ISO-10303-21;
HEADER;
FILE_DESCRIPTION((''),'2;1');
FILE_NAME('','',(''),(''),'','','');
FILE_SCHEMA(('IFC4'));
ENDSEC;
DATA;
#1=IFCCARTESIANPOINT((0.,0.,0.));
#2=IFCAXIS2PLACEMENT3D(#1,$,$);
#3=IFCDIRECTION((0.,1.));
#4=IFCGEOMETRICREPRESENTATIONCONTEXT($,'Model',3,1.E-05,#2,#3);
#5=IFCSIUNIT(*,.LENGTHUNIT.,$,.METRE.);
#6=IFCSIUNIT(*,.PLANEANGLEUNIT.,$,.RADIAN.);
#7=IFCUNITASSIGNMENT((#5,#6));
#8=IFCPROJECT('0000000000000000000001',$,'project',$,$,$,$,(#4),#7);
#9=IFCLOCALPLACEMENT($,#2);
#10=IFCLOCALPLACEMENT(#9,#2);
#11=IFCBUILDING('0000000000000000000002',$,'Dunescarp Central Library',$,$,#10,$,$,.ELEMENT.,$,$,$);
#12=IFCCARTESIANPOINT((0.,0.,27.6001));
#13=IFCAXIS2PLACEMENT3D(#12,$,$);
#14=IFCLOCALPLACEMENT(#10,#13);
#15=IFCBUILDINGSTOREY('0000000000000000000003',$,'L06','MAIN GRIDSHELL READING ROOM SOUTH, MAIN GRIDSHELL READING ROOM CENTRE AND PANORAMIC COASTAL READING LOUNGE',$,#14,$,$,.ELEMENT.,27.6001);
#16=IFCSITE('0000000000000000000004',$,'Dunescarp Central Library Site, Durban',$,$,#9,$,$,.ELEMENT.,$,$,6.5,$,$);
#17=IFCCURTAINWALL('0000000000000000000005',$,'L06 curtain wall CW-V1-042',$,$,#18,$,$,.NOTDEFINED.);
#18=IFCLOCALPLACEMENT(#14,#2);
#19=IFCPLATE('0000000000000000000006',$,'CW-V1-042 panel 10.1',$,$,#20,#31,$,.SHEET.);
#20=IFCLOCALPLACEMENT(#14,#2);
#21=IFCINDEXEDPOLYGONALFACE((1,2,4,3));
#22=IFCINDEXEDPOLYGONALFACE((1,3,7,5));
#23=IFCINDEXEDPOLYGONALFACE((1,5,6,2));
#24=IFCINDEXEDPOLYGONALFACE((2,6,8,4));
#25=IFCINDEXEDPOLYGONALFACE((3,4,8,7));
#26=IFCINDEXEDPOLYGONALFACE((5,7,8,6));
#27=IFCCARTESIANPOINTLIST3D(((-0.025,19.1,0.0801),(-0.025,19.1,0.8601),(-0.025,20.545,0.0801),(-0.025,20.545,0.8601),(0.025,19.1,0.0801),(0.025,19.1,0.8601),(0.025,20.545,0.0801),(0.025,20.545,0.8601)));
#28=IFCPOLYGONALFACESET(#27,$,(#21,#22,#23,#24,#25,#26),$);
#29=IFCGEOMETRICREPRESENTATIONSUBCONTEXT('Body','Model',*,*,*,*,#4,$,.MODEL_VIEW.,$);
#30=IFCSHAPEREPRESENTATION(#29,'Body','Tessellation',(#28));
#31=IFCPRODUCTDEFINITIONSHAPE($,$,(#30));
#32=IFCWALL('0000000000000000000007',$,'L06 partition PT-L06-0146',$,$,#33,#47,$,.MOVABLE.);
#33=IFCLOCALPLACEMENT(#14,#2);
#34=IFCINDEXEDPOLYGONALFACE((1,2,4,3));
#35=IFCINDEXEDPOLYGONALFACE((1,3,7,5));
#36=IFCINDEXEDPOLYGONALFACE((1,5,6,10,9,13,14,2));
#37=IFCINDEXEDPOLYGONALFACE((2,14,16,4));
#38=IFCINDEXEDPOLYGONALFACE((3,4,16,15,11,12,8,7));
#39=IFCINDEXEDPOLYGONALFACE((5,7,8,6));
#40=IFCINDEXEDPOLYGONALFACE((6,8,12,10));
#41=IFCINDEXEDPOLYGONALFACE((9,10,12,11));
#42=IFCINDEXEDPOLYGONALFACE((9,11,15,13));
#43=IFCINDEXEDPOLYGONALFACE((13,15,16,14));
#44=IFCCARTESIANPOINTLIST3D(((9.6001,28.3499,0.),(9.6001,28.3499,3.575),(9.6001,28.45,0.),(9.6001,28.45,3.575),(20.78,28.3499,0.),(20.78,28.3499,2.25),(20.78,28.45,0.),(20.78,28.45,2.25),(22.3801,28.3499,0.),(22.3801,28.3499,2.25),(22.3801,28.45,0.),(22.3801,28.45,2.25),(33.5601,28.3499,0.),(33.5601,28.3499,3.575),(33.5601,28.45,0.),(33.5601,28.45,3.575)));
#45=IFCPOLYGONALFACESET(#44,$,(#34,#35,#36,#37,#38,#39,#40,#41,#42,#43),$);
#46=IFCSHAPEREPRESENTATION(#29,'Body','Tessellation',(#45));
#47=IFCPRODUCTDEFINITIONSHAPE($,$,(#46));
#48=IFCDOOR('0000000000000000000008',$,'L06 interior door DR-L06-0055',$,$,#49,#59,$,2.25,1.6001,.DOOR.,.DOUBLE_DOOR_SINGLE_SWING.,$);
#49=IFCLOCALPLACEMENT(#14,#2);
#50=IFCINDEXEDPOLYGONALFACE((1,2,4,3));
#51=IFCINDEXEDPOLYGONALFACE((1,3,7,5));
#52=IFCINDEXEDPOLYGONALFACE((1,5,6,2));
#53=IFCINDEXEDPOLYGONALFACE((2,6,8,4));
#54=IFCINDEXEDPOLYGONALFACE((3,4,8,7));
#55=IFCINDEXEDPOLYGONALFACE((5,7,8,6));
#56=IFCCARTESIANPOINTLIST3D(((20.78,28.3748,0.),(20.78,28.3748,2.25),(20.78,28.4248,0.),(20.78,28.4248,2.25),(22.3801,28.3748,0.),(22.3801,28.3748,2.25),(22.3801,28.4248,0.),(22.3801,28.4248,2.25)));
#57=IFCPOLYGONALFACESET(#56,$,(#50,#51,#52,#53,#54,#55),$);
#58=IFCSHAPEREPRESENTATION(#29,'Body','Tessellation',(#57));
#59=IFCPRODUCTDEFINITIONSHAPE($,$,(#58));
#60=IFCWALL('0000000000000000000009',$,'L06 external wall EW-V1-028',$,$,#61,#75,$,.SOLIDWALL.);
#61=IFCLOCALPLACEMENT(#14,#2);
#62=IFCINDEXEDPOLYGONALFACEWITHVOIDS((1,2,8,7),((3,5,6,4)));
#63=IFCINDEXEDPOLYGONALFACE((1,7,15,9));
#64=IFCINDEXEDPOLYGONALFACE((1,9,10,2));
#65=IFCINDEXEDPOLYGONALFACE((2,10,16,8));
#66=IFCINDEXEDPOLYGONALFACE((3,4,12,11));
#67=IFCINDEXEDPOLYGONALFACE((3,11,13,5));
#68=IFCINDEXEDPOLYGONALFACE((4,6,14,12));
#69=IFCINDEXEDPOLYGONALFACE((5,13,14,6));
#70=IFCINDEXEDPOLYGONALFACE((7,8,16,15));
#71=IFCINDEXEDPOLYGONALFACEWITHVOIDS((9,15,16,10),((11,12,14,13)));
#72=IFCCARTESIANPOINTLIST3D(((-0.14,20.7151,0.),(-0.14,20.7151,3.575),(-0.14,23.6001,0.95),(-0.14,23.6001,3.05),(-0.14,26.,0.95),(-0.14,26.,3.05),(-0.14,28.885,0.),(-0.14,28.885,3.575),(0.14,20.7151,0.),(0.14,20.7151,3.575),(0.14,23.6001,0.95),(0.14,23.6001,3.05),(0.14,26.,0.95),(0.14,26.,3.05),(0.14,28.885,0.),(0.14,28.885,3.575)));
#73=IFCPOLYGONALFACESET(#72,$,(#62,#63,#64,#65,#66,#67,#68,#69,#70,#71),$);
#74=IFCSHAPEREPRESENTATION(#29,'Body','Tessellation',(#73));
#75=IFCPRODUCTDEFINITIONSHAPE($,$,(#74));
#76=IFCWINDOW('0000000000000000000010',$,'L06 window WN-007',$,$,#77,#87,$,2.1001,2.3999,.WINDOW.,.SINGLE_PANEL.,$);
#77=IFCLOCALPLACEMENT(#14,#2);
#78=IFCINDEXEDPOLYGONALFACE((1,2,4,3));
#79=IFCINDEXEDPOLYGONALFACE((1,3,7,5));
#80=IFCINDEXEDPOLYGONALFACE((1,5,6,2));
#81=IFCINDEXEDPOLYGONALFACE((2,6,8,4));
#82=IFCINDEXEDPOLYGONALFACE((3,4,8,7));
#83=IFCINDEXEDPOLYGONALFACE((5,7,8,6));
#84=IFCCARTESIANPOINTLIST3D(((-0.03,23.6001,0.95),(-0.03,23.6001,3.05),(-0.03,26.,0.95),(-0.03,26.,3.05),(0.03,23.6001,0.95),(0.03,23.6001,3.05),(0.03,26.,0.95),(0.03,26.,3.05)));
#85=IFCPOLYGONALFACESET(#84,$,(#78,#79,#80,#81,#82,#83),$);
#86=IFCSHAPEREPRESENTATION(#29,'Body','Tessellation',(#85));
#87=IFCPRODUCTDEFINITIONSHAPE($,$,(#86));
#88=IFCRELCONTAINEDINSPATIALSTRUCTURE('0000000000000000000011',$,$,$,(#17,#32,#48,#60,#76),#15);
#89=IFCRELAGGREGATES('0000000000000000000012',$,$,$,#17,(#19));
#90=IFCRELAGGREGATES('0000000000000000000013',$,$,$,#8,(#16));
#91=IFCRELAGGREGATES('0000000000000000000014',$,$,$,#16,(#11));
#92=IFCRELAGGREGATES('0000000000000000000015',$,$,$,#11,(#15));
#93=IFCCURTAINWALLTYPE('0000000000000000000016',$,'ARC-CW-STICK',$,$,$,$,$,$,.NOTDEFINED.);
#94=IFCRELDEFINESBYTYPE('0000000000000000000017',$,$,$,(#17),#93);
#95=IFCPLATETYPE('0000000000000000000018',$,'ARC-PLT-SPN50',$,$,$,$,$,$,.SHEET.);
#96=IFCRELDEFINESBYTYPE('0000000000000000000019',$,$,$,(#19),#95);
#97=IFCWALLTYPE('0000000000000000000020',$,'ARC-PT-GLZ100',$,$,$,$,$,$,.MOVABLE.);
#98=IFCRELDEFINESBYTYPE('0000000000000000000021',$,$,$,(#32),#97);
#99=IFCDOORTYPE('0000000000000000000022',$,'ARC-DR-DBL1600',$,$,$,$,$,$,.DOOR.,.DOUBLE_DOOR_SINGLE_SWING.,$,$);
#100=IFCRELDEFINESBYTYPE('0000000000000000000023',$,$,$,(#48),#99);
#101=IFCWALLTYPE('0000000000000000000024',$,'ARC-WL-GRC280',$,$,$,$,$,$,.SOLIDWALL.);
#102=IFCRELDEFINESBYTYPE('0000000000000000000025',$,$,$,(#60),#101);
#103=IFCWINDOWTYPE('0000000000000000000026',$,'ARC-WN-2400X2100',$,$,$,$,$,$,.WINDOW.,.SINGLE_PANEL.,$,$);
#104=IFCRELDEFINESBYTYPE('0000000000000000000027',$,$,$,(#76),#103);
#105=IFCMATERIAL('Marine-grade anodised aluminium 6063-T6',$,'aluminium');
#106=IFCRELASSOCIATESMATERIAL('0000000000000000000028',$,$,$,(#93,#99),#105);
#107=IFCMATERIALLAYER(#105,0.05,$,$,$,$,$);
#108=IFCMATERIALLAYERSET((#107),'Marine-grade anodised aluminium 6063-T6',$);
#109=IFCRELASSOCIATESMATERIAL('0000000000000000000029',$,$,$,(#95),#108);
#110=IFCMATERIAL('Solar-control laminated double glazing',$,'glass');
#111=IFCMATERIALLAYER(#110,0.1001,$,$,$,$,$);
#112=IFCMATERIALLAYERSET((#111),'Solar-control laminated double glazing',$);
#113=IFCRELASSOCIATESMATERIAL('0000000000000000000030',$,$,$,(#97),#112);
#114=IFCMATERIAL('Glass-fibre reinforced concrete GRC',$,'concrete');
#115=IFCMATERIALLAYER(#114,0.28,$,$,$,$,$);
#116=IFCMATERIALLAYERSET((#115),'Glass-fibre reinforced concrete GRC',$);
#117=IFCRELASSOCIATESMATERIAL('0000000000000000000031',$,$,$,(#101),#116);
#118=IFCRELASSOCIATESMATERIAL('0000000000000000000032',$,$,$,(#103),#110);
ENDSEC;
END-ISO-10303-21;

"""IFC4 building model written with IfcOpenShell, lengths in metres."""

from ifc_helpers import new_model, si_unit, direction, frame, frame_2d, origin, origin_2d, place, context, subcontext, project, spatial, rectangle, extrude, material, layer, layer_set, type_object, element, fill, aggregate, save


model = new_model("IFC4")

# Units and contexts
model_context = context("Model", 3, precision=1e-05, world=origin(), true_north=direction((0.0, 1.0)))
body_context = subcontext(model_context, "Body", "Model", "MODEL_VIEW")
ifc_project = project(units=[si_unit("LENGTHUNIT", "METRE"), si_unit("PLANEANGLEUNIT", "RADIAN")], contexts=[model_context])

# Site, building, storey
site_placement = place(None, origin())
site = spatial("IfcSite", under=ifc_project, at=site_placement, Name="Dunescarp Central Library Site, Durban", CompositionType="ELEMENT", RefElevation=6.5)
building_placement = place(site_placement, origin())
building = spatial("IfcBuilding", under=site, at=building_placement, Name="Dunescarp Central Library", CompositionType="ELEMENT")
storey_placement = place(building_placement, frame((0.0, 0.0, 27.6001)))
storey = spatial("IfcBuildingStorey", under=building, at=storey_placement, Name="L06", Description="MAIN GRIDSHELL READING ROOM SOUTH, MAIN GRIDSHELL READING ROOM CENTRE AND PANORAMIC COASTAL READING LOUNGE", CompositionType="ELEMENT", Elevation=27.6001)

# Curtain wall
ifc_material_1 = material(Name="Marine-grade anodised aluminium 6063-T6", Category="aluminium")
curtain_wall_type = type_object("IfcCurtainWallType", Name="ARC-CW-STICK", PredefinedType="NOTDEFINED", material=ifc_material_1)
curtain_wall_1_placement = place(storey_placement, origin())
curtain_wall_1 = element("IfcCurtainWall", 1, at=curtain_wall_1_placement, inside=storey, type_object=curtain_wall_type, Name="L06 curtain wall CW-V1-042", PredefinedType="NOTDEFINED")

# Plate
ifc_material_2 = material(Name="Solar-control laminated double glazing", Category="glass")
ifc_layer_1 = layer(ifc_material_1, 0.05)
ifc_layer_set_1 = layer_set([ifc_layer_1], Name="Marine-grade anodised aluminium 6063-T6")
plate_type_1 = type_object("IfcPlateType", Name="ARC-PLT-SPN50", PredefinedType="SHEET", material=ifc_layer_set_1)
plate_1_placement = place(storey_placement, frame((0.0, 19.8225, 0.0801), z_axis=(0.0, 0.0, 1.0), x_axis=(0.0, 1.0, 0.0)))
plate_1 = element("IfcPlate", 2, at=plate_1_placement, type_object=plate_type_1, Name="CW-V1-042 panel 10.1", PredefinedType="SHEET", context=body_context, shape_type="SweptSolid", body=[
    extrude(rectangle(XDim=1.4451, YDim=0.05, at=origin_2d()), origin(), (0.0, 0.0, 1.0), 0.78),
])
aggregate(curtain_wall_1, [plate_1])

# Wall, opening, door
ifc_layer_2 = layer(ifc_material_2, 0.1001)
ifc_layer_set_2 = layer_set([ifc_layer_2], Name="Solar-control laminated double glazing")
wall_type_1 = type_object("IfcWallType", Name="ARC-PT-GLZ100", PredefinedType="MOVABLE", material=ifc_layer_set_2)
wall_1_placement = place(storey_placement, frame((9.6001, 28.3999, 0.0), z_axis=(0.0, 0.0, 1.0), x_axis=(1.0, 0.0, 0.0)))
wall_1 = element("IfcWall", 3, at=wall_1_placement, inside=storey, type_object=wall_type_1, Name="L06 partition PT-L06-0146", PredefinedType="MOVABLE", context=body_context, shape_type="SweptSolid", body=[
    extrude(rectangle(XDim=23.96, YDim=0.1001, at=frame_2d((11.98, 0.0))), origin(), (0.0, 0.0, 1.0), 3.575),
])
opening_1_placement = place(wall_1_placement, frame((11.1799, 0.0, 0.0)))
opening_1 = element("IfcOpeningElement", 4, at=opening_1_placement, cuts=wall_1, PredefinedType="OPENING", context=body_context, shape_type="SweptSolid", body=[
    extrude(rectangle(XDim=1.6001, YDim=2.25, at=frame_2d((0.8, 1.125))), frame((0.0, 0.0601, 0.0), z_axis=(0.0, -1.0, 0.0), x_axis=(1.0, 0.0, 0.0)), (0.0, 0.0, 1.0), 0.1201),
])
door_type = type_object("IfcDoorType", Name="ARC-DR-DBL1600", OperationType="DOUBLE_DOOR_SINGLE_SWING", PredefinedType="DOOR", material=ifc_material_1)
door_placement = place(opening_1_placement, origin())
door = element("IfcDoor", 5, at=door_placement, inside=storey, type_object=door_type, Name="L06 interior door DR-L06-0055", OperationType="DOUBLE_DOOR_SINGLE_SWING", OverallHeight=2.25, OverallWidth=1.6001, PredefinedType="DOOR", context=body_context, shape_type="SweptSolid", body=[
    extrude(rectangle(XDim=1.6001, YDim=2.25, at=frame_2d((0.8, 1.125))), frame((0.0, 0.0249, 0.0), z_axis=(0.0, -1.0, 0.0), x_axis=(1.0, 0.0, 0.0)), (0.0, 0.0, 1.0), 0.05),
])
fill(opening_1, door)

# Wall, opening, window
ifc_material_3 = material(Name="Glass-fibre reinforced concrete GRC", Category="concrete")
ifc_layer_3 = layer(ifc_material_3, 0.28)
ifc_layer_set_3 = layer_set([ifc_layer_3], Name="Glass-fibre reinforced concrete GRC")
wall_type_2 = type_object("IfcWallType", Name="ARC-WL-GRC280", PredefinedType="SOLIDWALL", material=ifc_layer_set_3)
wall_2_placement = place(storey_placement, frame((0.0, 20.7151, 0.0), z_axis=(0.0, 0.0, 1.0), x_axis=(0.0, 1.0, 0.0)))
wall_2 = element("IfcWall", 6, at=wall_2_placement, inside=storey, type_object=wall_type_2, Name="L06 external wall EW-V1-028", PredefinedType="SOLIDWALL", context=body_context, shape_type="SweptSolid", body=[
    extrude(rectangle(XDim=8.1699, YDim=0.28, at=frame_2d((4.085, 0.0))), origin(), (0.0, 0.0, 1.0), 3.575),
])
opening_2_placement = place(wall_2_placement, frame((2.885, 0.0, 0.95)))
opening_2 = element("IfcOpeningElement", 7, at=opening_2_placement, cuts=wall_2, PredefinedType="OPENING", context=body_context, shape_type="SweptSolid", body=[
    extrude(rectangle(XDim=2.3999, YDim=2.1001, at=frame_2d((1.2, 1.05))), frame((0.0, 0.1499, 0.0), z_axis=(0.0, -1.0, 0.0), x_axis=(1.0, 0.0, 0.0)), (0.0, 0.0, 1.0), 0.3),
])
window_type = type_object("IfcWindowType", Name="ARC-WN-2400X2100", PartitioningType="SINGLE_PANEL", PredefinedType="WINDOW", material=ifc_material_2)
window_placement = place(opening_2_placement, origin())
window = element("IfcWindow", 8, at=window_placement, inside=storey, type_object=window_type, Name="L06 window WN-007", OverallHeight=2.1001, OverallWidth=2.3999, PartitioningType="SINGLE_PANEL", PredefinedType="WINDOW", context=body_context, shape_type="SweptSolid", body=[
    extrude(rectangle(XDim=2.3999, YDim=2.1001, at=frame_2d((1.2, 1.05))), frame((0.0, 0.03, 0.0), z_axis=(0.0, -1.0, 0.0), x_axis=(1.0, 0.0, 0.0)), (0.0, 0.0, 1.0), 0.0601),
])
fill(opening_2, window)

save(model, "model.ifc")
